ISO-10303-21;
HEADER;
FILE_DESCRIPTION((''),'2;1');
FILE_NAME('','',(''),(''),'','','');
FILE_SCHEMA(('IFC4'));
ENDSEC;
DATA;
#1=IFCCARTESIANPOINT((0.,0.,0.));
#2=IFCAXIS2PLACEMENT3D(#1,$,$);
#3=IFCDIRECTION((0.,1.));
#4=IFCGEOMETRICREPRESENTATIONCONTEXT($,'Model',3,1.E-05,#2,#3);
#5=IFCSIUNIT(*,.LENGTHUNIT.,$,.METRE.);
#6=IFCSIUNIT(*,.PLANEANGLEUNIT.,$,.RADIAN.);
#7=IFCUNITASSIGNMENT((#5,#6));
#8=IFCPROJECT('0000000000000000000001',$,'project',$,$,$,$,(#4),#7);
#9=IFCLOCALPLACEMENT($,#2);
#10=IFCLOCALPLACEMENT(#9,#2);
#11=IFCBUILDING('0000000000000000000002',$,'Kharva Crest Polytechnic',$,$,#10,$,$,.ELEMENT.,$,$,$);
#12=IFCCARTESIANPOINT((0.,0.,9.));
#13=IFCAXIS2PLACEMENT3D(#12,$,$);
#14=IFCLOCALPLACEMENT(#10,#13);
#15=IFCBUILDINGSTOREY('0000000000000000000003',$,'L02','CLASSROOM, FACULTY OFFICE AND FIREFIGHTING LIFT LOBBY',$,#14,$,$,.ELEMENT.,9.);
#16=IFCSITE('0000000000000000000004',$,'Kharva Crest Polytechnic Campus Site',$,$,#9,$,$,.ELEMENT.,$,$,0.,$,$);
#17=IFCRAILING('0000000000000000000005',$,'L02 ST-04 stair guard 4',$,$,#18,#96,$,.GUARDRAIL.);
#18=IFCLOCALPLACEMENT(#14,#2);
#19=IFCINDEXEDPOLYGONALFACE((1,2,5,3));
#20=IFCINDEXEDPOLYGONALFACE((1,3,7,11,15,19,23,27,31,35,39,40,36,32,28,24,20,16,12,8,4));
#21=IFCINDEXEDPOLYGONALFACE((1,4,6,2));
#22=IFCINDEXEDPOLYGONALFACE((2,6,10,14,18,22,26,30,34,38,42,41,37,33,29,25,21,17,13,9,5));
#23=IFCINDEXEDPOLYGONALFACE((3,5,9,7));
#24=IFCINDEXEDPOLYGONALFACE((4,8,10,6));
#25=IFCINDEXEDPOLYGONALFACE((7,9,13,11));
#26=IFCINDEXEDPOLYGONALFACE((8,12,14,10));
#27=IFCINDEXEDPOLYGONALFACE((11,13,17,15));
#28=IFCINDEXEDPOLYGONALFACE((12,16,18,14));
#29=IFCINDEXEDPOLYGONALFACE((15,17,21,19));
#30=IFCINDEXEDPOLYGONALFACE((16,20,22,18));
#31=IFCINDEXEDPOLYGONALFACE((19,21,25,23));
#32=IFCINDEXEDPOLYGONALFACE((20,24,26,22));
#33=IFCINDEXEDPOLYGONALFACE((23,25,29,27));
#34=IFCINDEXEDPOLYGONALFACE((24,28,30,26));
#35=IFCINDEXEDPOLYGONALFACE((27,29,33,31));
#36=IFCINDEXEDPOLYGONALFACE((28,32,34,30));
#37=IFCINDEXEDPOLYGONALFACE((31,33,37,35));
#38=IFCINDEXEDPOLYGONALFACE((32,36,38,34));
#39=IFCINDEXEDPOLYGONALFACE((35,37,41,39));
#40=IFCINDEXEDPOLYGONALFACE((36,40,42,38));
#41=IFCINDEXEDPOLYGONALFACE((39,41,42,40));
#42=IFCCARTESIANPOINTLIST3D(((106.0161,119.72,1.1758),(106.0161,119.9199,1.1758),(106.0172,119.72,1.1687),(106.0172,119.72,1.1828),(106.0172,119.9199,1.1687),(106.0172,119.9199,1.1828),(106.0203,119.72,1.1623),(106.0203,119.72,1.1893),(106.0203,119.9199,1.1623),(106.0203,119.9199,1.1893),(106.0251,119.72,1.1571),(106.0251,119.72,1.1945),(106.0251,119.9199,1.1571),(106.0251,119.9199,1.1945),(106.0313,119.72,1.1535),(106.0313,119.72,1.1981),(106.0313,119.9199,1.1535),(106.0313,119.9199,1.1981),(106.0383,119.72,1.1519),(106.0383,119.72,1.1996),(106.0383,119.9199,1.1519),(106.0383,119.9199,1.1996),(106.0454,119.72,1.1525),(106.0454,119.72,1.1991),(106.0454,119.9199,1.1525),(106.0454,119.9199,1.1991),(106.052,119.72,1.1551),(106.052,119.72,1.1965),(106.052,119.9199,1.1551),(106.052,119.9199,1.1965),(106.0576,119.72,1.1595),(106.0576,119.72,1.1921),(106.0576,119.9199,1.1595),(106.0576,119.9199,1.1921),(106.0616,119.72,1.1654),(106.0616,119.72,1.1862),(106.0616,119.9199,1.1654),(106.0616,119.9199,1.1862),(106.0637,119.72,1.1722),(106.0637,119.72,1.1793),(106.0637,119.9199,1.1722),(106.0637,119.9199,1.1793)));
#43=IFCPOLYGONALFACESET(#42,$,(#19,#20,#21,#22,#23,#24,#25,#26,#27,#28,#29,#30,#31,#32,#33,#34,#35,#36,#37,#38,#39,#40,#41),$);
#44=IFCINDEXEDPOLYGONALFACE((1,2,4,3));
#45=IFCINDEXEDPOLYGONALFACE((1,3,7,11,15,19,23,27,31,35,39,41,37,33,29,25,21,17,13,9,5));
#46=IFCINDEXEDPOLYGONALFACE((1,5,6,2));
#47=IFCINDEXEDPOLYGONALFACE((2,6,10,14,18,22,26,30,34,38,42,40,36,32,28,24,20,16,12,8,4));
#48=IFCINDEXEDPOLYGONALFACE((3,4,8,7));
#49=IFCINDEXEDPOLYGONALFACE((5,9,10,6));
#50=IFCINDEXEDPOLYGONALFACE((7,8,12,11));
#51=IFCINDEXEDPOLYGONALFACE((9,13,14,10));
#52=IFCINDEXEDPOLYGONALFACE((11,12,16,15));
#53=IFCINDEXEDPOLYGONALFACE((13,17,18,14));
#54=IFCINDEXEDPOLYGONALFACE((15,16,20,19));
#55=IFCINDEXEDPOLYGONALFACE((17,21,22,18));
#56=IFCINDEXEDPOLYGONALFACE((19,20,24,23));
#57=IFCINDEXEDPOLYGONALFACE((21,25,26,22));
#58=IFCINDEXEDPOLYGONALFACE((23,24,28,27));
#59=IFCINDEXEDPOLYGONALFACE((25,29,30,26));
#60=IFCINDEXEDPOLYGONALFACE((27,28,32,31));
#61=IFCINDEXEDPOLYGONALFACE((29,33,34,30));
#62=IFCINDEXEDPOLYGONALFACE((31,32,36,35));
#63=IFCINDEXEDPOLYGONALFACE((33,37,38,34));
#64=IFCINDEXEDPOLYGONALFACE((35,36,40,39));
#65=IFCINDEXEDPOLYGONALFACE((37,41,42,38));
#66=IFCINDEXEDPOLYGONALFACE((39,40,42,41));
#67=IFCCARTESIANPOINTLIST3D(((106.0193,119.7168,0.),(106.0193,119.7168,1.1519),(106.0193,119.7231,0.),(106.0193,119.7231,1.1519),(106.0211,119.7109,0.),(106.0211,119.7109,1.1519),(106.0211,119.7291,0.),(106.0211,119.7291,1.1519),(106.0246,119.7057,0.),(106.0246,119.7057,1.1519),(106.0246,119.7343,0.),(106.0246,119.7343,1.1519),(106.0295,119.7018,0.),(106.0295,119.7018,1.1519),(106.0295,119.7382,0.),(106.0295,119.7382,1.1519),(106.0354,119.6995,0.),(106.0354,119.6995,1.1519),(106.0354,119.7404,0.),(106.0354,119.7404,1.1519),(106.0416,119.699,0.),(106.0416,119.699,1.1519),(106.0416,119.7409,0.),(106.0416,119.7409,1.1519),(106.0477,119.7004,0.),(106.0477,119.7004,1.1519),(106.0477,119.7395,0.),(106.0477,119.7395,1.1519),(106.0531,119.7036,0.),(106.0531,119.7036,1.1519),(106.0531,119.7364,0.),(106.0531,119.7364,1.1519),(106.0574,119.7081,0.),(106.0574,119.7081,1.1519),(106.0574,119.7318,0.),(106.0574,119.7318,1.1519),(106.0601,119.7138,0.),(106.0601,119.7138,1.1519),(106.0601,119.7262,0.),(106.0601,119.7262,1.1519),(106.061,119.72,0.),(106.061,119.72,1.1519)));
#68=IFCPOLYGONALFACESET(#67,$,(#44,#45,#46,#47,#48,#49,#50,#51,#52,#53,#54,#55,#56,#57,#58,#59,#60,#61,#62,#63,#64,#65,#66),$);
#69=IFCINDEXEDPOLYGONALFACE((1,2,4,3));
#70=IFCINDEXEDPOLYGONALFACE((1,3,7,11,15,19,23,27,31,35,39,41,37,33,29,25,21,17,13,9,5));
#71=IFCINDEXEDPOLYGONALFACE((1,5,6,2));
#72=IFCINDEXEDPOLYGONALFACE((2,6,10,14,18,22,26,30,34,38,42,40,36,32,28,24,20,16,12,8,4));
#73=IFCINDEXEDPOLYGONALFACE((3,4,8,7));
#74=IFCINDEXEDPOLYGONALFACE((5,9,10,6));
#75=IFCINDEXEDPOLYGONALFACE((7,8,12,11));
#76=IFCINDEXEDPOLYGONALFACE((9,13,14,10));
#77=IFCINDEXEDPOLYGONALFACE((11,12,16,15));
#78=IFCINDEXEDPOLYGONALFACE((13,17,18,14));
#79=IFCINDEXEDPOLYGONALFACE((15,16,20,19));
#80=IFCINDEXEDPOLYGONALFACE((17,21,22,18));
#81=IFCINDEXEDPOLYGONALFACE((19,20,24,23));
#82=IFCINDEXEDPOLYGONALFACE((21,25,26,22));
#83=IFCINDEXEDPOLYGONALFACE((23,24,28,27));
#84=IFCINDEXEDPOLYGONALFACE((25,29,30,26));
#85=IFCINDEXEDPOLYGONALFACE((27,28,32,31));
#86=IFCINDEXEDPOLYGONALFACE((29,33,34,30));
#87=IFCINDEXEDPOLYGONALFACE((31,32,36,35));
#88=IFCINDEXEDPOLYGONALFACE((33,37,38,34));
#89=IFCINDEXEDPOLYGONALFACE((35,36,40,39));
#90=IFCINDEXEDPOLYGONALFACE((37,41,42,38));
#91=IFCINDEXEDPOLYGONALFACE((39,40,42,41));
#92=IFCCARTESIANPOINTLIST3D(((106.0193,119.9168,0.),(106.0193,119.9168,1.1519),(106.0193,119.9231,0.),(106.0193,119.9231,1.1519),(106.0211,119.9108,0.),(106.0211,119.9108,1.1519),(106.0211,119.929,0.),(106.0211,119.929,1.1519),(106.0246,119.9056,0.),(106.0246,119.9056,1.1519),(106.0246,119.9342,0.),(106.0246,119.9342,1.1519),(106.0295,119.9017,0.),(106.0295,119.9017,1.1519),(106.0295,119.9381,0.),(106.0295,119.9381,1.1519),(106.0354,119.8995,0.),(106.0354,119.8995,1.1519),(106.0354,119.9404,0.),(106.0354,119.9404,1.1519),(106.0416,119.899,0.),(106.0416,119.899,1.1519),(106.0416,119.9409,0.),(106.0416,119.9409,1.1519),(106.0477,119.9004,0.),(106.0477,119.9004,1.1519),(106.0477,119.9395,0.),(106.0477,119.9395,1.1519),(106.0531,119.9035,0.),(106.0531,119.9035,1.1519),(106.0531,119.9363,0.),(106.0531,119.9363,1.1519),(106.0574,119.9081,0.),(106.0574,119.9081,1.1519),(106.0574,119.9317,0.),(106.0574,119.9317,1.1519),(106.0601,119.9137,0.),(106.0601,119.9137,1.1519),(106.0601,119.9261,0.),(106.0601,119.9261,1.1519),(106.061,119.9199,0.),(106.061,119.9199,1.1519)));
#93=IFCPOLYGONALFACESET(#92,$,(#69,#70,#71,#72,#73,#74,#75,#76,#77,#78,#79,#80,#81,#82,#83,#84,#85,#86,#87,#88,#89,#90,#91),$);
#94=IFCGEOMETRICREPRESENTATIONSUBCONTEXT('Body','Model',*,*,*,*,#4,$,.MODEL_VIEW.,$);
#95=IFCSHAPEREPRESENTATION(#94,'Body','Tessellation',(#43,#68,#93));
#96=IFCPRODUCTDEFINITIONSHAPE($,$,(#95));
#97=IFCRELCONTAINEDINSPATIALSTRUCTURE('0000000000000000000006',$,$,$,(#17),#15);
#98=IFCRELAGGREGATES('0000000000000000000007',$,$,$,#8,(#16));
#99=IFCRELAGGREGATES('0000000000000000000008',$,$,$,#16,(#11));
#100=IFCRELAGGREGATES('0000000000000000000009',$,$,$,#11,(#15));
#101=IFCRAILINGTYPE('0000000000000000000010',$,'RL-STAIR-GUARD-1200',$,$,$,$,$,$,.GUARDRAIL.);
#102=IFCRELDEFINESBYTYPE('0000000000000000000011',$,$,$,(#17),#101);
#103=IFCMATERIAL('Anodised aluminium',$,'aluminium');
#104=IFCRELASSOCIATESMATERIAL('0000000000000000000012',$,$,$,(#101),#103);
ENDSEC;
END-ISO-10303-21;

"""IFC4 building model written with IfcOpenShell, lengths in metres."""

from ifc_helpers import new_model, si_unit, direction, frame, origin, origin_2d, place, context, subcontext, project, spatial, circle, extrude, material, type_object, element, save


model = new_model("IFC4")

# Units and contexts
model_context = context("Model", 3, precision=1e-05, world=origin(), true_north=direction((0.0, 1.0)))
body_context = subcontext(model_context, "Body", "Model", "MODEL_VIEW")
ifc_project = project(units=[si_unit("LENGTHUNIT", "METRE"), si_unit("PLANEANGLEUNIT", "RADIAN")], contexts=[model_context])

# Site, building, storey
site_placement = place(None, origin())
site = spatial("IfcSite", under=ifc_project, at=site_placement, Name="Kharva Crest Polytechnic Campus Site", CompositionType="ELEMENT", RefElevation=0.0)
building_placement = place(site_placement, origin())
building = spatial("IfcBuilding", under=site, at=building_placement, Name="Kharva Crest Polytechnic", CompositionType="ELEMENT")
storey_placement = place(building_placement, frame((0.0, 0.0, 9.0)))
storey = spatial("IfcBuildingStorey", under=building, at=storey_placement, Name="L02", Description="CLASSROOM, FACULTY OFFICE AND FIREFIGHTING LIFT LOBBY", CompositionType="ELEMENT", Elevation=9.0)

# Railing
ifc_material_1 = material(Name="Anodised aluminium", Category="aluminium")
railing_type_1 = type_object("IfcRailingType", Name="RL-STAIR-GUARD-1200", PredefinedType="GUARDRAIL", material=ifc_material_1)
railing_1_placement = place(storey_placement, frame((106.04, 119.72, 0.0)))
element("IfcRailing", 1, at=railing_1_placement, inside=storey, type_object=railing_type_1, Name="L02 ST-04 stair guard 4", PredefinedType="GUARDRAIL", context=body_context, shape_type="SweptSolid", body=[
    extrude(circle(Radius=0.0239, at=origin_2d()), frame((0.0, 0.0, 1.1758), z_axis=(0.0, 1.0, 0.0), x_axis=(-1.0, 0.0, 0.0)), (0.0, 0.0, 1.0), 0.2),
    extrude(circle(Radius=0.021, at=origin_2d()), origin(), (0.0, 0.0, 1.0), 1.1519),
    extrude(circle(Radius=0.021, at=origin_2d()), frame((0.0, 0.2, 0.0)), (0.0, 0.0, 1.0), 1.1519),
])

save(model, "model.ifc")
